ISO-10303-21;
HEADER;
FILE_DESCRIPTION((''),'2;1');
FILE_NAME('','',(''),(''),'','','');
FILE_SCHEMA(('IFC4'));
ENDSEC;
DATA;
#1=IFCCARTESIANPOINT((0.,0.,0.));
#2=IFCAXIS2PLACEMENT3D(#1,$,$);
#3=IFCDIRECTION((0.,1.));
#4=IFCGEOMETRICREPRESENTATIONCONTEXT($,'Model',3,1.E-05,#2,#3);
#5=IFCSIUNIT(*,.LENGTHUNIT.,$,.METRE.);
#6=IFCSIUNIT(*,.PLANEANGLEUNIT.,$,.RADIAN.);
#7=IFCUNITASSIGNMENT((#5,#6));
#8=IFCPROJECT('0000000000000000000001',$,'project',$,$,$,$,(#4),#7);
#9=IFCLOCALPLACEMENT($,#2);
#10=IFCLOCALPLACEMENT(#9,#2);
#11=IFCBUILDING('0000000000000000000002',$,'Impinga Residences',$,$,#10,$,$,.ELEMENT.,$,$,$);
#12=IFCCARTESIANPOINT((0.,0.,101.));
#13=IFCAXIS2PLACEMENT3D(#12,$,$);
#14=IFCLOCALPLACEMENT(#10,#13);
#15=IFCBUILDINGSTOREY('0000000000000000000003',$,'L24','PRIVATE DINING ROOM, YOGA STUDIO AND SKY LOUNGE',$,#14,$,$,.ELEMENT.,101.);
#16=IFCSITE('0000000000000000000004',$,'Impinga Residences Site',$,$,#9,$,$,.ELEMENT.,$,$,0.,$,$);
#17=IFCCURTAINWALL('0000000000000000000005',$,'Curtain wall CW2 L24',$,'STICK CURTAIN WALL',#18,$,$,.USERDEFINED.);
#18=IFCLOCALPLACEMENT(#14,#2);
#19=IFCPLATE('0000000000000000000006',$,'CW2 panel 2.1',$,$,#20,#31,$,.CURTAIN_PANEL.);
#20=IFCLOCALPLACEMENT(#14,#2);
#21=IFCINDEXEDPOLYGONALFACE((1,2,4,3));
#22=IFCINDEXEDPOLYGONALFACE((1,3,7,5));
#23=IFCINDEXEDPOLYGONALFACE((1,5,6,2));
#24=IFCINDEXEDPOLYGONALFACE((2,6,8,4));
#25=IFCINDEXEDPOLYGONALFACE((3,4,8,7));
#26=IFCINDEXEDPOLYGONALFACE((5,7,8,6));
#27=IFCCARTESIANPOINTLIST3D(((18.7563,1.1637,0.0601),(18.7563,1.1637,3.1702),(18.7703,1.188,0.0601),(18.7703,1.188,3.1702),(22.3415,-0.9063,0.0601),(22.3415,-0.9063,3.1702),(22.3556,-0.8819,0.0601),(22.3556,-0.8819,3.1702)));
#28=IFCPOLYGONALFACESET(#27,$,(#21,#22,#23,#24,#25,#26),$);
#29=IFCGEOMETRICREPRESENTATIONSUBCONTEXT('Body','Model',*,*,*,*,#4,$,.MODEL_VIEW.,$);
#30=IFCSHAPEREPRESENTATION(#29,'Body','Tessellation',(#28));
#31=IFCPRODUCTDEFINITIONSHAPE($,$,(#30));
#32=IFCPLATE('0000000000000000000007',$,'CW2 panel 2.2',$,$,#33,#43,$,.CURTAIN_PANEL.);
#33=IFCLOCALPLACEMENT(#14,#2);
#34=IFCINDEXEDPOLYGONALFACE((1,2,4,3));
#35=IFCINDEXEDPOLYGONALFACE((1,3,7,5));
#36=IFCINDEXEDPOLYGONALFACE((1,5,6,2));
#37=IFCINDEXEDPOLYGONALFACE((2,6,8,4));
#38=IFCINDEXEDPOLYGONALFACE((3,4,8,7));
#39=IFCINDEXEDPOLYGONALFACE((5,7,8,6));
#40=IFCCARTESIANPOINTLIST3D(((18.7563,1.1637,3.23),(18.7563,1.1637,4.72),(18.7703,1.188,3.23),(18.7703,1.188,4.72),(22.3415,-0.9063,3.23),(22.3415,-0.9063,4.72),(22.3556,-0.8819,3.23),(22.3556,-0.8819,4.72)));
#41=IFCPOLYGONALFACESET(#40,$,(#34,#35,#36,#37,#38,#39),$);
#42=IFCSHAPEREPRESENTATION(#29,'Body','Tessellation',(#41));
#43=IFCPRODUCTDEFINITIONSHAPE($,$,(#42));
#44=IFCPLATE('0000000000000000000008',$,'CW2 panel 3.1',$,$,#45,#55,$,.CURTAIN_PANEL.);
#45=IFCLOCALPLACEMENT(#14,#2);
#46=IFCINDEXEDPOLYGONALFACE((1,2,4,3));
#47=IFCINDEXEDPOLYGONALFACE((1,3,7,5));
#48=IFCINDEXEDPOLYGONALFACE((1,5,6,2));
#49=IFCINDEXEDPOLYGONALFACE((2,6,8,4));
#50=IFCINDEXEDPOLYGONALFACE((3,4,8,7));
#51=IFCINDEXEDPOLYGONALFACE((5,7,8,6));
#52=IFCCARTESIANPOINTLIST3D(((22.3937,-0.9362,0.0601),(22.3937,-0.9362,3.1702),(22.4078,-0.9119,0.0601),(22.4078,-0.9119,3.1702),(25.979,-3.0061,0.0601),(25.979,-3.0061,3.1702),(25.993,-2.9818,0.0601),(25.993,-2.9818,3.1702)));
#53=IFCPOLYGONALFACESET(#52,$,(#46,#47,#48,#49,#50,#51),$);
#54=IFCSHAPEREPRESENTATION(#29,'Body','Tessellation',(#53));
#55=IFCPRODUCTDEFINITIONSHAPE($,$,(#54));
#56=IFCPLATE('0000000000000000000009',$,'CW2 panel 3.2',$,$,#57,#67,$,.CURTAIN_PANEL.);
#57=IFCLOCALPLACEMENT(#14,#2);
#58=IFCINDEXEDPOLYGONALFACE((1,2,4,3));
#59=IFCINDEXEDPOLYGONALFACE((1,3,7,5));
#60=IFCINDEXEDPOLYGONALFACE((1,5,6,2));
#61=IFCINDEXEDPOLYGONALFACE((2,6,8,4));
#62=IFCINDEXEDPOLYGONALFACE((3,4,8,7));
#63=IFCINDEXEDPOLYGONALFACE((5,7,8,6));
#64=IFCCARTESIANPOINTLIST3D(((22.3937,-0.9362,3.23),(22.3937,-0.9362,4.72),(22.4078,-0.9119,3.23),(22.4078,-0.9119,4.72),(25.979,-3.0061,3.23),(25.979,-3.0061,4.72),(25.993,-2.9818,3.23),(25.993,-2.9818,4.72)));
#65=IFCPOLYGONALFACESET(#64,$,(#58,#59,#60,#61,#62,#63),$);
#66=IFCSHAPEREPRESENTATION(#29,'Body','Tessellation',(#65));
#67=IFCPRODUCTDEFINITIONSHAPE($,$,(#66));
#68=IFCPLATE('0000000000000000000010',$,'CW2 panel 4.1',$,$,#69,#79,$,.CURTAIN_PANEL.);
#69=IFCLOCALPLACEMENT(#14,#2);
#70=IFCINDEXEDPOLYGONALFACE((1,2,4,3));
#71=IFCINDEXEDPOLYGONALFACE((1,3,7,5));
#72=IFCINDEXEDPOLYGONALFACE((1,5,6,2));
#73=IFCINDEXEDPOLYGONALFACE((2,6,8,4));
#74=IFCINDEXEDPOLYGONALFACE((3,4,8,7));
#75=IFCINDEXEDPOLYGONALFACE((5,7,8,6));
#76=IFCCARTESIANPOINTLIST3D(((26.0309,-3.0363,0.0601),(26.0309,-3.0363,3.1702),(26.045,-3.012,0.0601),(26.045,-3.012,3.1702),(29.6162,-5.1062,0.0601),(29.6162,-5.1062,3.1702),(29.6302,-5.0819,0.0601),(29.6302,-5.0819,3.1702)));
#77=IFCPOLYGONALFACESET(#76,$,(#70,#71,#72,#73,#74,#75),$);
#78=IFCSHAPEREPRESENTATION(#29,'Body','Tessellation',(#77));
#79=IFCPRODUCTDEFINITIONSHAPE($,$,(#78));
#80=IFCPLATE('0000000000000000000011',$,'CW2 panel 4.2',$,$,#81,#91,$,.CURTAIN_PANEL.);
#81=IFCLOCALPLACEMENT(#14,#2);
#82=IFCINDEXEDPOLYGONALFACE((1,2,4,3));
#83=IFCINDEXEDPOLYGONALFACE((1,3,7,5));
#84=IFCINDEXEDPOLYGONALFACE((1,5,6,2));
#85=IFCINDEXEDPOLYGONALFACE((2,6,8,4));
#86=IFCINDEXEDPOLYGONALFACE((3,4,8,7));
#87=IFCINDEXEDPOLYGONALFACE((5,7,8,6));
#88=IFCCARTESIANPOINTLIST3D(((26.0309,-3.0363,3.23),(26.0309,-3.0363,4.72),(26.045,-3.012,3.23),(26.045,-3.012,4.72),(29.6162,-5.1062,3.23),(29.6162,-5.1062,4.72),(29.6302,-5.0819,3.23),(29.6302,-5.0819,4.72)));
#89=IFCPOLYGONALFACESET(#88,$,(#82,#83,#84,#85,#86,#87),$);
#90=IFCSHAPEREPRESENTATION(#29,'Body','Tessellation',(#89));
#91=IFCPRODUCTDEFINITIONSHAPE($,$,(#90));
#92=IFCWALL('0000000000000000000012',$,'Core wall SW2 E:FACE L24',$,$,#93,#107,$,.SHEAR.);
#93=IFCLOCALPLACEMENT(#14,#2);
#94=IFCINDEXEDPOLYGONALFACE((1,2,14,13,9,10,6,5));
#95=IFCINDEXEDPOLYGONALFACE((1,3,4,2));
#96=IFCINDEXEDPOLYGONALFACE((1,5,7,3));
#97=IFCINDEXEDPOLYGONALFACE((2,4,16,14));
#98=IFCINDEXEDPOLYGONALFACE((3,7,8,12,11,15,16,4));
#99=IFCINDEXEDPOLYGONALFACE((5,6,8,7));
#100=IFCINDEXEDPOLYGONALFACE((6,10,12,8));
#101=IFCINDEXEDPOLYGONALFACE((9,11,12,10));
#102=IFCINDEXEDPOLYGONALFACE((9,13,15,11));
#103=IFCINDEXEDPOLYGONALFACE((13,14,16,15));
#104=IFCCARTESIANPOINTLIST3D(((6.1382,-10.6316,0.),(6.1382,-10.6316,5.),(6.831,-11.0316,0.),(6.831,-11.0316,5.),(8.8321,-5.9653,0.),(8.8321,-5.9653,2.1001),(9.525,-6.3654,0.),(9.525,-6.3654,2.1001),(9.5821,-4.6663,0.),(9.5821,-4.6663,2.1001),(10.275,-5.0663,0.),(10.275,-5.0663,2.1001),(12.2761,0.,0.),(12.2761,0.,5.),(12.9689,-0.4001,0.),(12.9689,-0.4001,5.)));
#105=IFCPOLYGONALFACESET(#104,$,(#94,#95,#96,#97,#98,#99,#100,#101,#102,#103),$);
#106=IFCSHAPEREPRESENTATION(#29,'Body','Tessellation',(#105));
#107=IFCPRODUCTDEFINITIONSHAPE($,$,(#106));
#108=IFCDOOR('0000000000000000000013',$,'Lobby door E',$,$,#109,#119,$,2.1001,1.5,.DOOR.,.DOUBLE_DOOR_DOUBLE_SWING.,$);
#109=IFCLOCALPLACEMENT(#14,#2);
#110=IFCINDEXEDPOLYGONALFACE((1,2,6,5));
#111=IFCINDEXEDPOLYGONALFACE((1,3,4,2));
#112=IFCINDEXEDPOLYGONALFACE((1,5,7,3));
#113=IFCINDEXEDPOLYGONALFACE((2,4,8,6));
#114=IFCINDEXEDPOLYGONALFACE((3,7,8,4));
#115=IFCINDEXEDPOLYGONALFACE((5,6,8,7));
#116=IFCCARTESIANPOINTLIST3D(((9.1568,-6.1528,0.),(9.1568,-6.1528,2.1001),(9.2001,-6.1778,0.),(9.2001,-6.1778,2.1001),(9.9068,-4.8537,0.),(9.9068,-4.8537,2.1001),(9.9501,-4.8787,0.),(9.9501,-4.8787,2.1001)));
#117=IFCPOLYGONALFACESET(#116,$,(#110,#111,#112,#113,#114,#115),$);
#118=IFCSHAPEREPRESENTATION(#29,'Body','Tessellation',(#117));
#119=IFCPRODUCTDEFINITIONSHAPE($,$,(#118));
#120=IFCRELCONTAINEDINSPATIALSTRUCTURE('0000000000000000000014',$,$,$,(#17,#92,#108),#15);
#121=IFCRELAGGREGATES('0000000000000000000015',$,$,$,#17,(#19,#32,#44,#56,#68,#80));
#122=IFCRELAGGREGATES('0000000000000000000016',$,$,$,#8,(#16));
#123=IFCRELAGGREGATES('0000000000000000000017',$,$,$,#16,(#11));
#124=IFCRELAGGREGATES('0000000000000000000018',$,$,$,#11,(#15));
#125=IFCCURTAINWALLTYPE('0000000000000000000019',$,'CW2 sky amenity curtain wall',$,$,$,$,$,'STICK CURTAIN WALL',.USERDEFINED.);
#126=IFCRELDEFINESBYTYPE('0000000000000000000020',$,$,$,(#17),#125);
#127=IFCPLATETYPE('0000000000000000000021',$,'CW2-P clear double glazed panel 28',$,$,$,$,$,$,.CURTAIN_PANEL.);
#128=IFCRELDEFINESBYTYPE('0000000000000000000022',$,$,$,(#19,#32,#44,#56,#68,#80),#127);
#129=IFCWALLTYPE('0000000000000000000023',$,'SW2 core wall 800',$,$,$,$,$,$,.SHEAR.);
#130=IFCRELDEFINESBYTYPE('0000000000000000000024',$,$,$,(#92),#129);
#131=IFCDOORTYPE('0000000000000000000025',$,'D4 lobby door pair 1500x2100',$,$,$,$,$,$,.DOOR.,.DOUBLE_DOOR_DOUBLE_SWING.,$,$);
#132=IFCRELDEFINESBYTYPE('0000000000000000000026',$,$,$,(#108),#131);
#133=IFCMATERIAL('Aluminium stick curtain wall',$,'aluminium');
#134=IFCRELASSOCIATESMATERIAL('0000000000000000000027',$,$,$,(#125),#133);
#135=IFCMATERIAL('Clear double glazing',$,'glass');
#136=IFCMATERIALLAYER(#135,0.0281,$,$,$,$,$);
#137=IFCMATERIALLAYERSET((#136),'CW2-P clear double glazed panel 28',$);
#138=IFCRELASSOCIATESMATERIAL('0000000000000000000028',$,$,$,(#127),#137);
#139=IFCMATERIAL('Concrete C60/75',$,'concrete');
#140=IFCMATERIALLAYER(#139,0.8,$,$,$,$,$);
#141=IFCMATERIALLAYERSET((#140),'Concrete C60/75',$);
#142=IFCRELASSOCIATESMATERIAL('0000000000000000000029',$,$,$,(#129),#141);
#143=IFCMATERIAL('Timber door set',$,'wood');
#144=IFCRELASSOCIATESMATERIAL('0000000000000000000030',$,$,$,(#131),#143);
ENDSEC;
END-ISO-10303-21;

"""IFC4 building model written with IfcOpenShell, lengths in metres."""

from ifc_helpers import new_model, si_unit, direction, frame, frame_2d, origin, origin_2d, place, context, subcontext, project, spatial, rectangle, extrude, material, layer, layer_set, type_object, element, fill, aggregate, save


model = new_model("IFC4")

# Units and contexts
model_context = context("Model", 3, precision=1e-05, world=origin(), true_north=direction((0.0, 1.0)))
body_context = subcontext(model_context, "Body", "Model", "MODEL_VIEW")
ifc_project = project(units=[si_unit("LENGTHUNIT", "METRE"), si_unit("PLANEANGLEUNIT", "RADIAN")], contexts=[model_context])

# Site, building, storey
site_placement = place(None, origin())
site = spatial("IfcSite", under=ifc_project, at=site_placement, Name="Impinga Residences Site", CompositionType="ELEMENT", RefElevation=0.0)
building_placement = place(site_placement, origin())
building = spatial("IfcBuilding", under=site, at=building_placement, Name="Impinga Residences", CompositionType="ELEMENT")
storey_placement = place(building_placement, frame((0.0, 0.0, 101.0)))
storey = spatial("IfcBuildingStorey", under=building, at=storey_placement, Name="L24", Description="PRIVATE DINING ROOM, YOGA STUDIO AND SKY LOUNGE", CompositionType="ELEMENT", Elevation=101.0)

# Shared definitions
ifc_material_1 = material(Name="Concrete C60/75", Category="concrete")

# Shared definitions
ifc_material_2 = material(Name="Aluminium stick curtain wall", Category="aluminium")
curtain_wall_type = type_object("IfcCurtainWallType", Name="CW2 sky amenity curtain wall", ElementType="STICK CURTAIN WALL", PredefinedType="USERDEFINED", material=ifc_material_2)

# Curtain wall
curtain_wall_1_placement = place(storey_placement, origin())
curtain_wall_1 = element("IfcCurtainWall", 1, at=curtain_wall_1_placement, inside=storey, type_object=curtain_wall_type, Name="Curtain wall CW2 L24", ObjectType="STICK CURTAIN WALL", PredefinedType="USERDEFINED")

# Plates
ifc_material_3 = material(Name="Clear double glazing", Category="glass")
ifc_layer_1 = layer(ifc_material_3, 0.0281)
ifc_layer_set_1 = layer_set([ifc_layer_1], Name="CW2-P clear double glazed panel 28")
plate_type = type_object("IfcPlateType", Name="CW2-P clear double glazed panel 28", PredefinedType="CURTAIN_PANEL", material=ifc_layer_set_1)
plate_1_placement = place(storey_placement, frame((20.5559, 0.1409, 0.0601), z_axis=(0.0, 0.0, 1.0), x_axis=(0.866025, -0.5, 0.0)))
plate_1 = element("IfcPlate", 2, at=plate_1_placement, type_object=plate_type, Name="CW2 panel 2.1", PredefinedType="CURTAIN_PANEL", context=body_context, shape_type="SweptSolid", body=[
    extrude(rectangle(XDim=4.1399, YDim=0.0281, at=origin_2d()), origin(), (0.0, 0.0, 1.0), 3.1101),
])
plate_2_placement = place(storey_placement, frame((20.5559, 0.1409, 3.23), z_axis=(0.0, 0.0, 1.0), x_axis=(0.866025, -0.5, 0.0)))
plate_2 = element("IfcPlate", 3, at=plate_2_placement, type_object=plate_type, Name="CW2 panel 2.2", PredefinedType="CURTAIN_PANEL", context=body_context, shape_type="SweptSolid", body=[
    extrude(rectangle(XDim=4.1399, YDim=0.0281, at=origin_2d()), origin(), (0.0, 0.0, 1.0), 1.49),
])
plate_3_placement = place(storey_placement, frame((24.1934, -1.959, 0.0601), z_axis=(0.0, 0.0, 1.0), x_axis=(0.866025, -0.5, 0.0)))
plate_3 = element("IfcPlate", 4, at=plate_3_placement, type_object=plate_type, Name="CW2 panel 3.1", PredefinedType="CURTAIN_PANEL", context=body_context, shape_type="SweptSolid", body=[
    extrude(rectangle(XDim=4.1399, YDim=0.0281, at=origin_2d()), origin(), (0.0, 0.0, 1.0), 3.1101),
])
plate_4_placement = place(storey_placement, frame((24.1934, -1.959, 3.23), z_axis=(0.0, 0.0, 1.0), x_axis=(0.866025, -0.5, 0.0)))
plate_4 = element("IfcPlate", 5, at=plate_4_placement, type_object=plate_type, Name="CW2 panel 3.2", PredefinedType="CURTAIN_PANEL", context=body_context, shape_type="SweptSolid", body=[
    extrude(rectangle(XDim=4.1399, YDim=0.0281, at=origin_2d()), origin(), (0.0, 0.0, 1.0), 1.49),
])
plate_5_placement = place(storey_placement, frame((27.8306, -4.0591, 0.0601), z_axis=(0.0, 0.0, 1.0), x_axis=(0.866025, -0.5, 0.0)))
plate_5 = element("IfcPlate", 6, at=plate_5_placement, type_object=plate_type, Name="CW2 panel 4.1", PredefinedType="CURTAIN_PANEL", context=body_context, shape_type="SweptSolid", body=[
    extrude(rectangle(XDim=4.1399, YDim=0.0281, at=origin_2d()), origin(), (0.0, 0.0, 1.0), 3.1101),
])
plate_6_placement = place(storey_placement, frame((27.8306, -4.0591, 3.23), z_axis=(0.0, 0.0, 1.0), x_axis=(0.866025, -0.5, 0.0)))
plate_6 = element("IfcPlate", 7, at=plate_6_placement, type_object=plate_type, Name="CW2 panel 4.2", PredefinedType="CURTAIN_PANEL", context=body_context, shape_type="SweptSolid", body=[
    extrude(rectangle(XDim=4.1399, YDim=0.0281, at=origin_2d()), origin(), (0.0, 0.0, 1.0), 1.49),
])
aggregate(curtain_wall_1, [plate_1, plate_2, plate_3, plate_4, plate_5, plate_6])

# Wall, opening, door
ifc_layer_2 = layer(ifc_material_1, 0.8)
ifc_layer_set_2 = layer_set([ifc_layer_2], Name="Concrete C60/75")
wall_type = type_object("IfcWallType", Name="SW2 core wall 800", PredefinedType="SHEAR", material=ifc_layer_set_2)
wall_placement = place(storey_placement, frame((12.6226, -0.2, 0.0), z_axis=(0.0, 0.0, 1.0), x_axis=(-0.499987, -0.866033, 0.0)))
wall = element("IfcWall", 8, at=wall_placement, inside=storey, type_object=wall_type, Name="Core wall SW2 E:FACE L24", PredefinedType="SHEAR", context=body_context, shape_type="SweptSolid", body=[
    extrude(rectangle(XDim=12.2761, YDim=0.8, at=frame_2d((6.1382, 0.0))), origin(), (0.0, 0.0, 1.0), 5.0),
])
opening_placement = place(wall_placement, frame((5.3882, 0.0, 0.0)))
opening = element("IfcOpeningElement", 9, at=opening_placement, cuts=wall, PredefinedType="OPENING", context=body_context, shape_type="SweptSolid", body=[
    extrude(rectangle(XDim=1.5, YDim=2.1001, at=frame_2d((0.75, 1.05))), frame((0.0, 0.4099, 0.0), z_axis=(0.0, -1.0, 0.0), x_axis=(1.0, 0.0, 0.0)), (0.0, 0.0, 1.0), 0.8201),
])
ifc_material_4 = material(Name="Timber door set", Category="wood")
door_type = type_object("IfcDoorType", Name="D4 lobby door pair 1500x2100", OperationType="DOUBLE_DOOR_DOUBLE_SWING", PredefinedType="DOOR", material=ifc_material_4)
door_placement = place(opening_placement, origin())
door = element("IfcDoor", 10, at=door_placement, inside=storey, type_object=door_type, Name="Lobby door E", OperationType="DOUBLE_DOOR_DOUBLE_SWING", OverallHeight=2.1001, OverallWidth=1.5, PredefinedType="DOOR", context=body_context, shape_type="SweptSolid", body=[
    extrude(rectangle(XDim=1.5, YDim=2.1001, at=frame_2d((0.75, 1.05))), frame((0.0, 0.0249, 0.0), z_axis=(0.0, -1.0, 0.0), x_axis=(1.0, 0.0, 0.0)), (0.0, 0.0, 1.0), 0.05),
])
fill(opening, door)

save(model, "model.ifc")
